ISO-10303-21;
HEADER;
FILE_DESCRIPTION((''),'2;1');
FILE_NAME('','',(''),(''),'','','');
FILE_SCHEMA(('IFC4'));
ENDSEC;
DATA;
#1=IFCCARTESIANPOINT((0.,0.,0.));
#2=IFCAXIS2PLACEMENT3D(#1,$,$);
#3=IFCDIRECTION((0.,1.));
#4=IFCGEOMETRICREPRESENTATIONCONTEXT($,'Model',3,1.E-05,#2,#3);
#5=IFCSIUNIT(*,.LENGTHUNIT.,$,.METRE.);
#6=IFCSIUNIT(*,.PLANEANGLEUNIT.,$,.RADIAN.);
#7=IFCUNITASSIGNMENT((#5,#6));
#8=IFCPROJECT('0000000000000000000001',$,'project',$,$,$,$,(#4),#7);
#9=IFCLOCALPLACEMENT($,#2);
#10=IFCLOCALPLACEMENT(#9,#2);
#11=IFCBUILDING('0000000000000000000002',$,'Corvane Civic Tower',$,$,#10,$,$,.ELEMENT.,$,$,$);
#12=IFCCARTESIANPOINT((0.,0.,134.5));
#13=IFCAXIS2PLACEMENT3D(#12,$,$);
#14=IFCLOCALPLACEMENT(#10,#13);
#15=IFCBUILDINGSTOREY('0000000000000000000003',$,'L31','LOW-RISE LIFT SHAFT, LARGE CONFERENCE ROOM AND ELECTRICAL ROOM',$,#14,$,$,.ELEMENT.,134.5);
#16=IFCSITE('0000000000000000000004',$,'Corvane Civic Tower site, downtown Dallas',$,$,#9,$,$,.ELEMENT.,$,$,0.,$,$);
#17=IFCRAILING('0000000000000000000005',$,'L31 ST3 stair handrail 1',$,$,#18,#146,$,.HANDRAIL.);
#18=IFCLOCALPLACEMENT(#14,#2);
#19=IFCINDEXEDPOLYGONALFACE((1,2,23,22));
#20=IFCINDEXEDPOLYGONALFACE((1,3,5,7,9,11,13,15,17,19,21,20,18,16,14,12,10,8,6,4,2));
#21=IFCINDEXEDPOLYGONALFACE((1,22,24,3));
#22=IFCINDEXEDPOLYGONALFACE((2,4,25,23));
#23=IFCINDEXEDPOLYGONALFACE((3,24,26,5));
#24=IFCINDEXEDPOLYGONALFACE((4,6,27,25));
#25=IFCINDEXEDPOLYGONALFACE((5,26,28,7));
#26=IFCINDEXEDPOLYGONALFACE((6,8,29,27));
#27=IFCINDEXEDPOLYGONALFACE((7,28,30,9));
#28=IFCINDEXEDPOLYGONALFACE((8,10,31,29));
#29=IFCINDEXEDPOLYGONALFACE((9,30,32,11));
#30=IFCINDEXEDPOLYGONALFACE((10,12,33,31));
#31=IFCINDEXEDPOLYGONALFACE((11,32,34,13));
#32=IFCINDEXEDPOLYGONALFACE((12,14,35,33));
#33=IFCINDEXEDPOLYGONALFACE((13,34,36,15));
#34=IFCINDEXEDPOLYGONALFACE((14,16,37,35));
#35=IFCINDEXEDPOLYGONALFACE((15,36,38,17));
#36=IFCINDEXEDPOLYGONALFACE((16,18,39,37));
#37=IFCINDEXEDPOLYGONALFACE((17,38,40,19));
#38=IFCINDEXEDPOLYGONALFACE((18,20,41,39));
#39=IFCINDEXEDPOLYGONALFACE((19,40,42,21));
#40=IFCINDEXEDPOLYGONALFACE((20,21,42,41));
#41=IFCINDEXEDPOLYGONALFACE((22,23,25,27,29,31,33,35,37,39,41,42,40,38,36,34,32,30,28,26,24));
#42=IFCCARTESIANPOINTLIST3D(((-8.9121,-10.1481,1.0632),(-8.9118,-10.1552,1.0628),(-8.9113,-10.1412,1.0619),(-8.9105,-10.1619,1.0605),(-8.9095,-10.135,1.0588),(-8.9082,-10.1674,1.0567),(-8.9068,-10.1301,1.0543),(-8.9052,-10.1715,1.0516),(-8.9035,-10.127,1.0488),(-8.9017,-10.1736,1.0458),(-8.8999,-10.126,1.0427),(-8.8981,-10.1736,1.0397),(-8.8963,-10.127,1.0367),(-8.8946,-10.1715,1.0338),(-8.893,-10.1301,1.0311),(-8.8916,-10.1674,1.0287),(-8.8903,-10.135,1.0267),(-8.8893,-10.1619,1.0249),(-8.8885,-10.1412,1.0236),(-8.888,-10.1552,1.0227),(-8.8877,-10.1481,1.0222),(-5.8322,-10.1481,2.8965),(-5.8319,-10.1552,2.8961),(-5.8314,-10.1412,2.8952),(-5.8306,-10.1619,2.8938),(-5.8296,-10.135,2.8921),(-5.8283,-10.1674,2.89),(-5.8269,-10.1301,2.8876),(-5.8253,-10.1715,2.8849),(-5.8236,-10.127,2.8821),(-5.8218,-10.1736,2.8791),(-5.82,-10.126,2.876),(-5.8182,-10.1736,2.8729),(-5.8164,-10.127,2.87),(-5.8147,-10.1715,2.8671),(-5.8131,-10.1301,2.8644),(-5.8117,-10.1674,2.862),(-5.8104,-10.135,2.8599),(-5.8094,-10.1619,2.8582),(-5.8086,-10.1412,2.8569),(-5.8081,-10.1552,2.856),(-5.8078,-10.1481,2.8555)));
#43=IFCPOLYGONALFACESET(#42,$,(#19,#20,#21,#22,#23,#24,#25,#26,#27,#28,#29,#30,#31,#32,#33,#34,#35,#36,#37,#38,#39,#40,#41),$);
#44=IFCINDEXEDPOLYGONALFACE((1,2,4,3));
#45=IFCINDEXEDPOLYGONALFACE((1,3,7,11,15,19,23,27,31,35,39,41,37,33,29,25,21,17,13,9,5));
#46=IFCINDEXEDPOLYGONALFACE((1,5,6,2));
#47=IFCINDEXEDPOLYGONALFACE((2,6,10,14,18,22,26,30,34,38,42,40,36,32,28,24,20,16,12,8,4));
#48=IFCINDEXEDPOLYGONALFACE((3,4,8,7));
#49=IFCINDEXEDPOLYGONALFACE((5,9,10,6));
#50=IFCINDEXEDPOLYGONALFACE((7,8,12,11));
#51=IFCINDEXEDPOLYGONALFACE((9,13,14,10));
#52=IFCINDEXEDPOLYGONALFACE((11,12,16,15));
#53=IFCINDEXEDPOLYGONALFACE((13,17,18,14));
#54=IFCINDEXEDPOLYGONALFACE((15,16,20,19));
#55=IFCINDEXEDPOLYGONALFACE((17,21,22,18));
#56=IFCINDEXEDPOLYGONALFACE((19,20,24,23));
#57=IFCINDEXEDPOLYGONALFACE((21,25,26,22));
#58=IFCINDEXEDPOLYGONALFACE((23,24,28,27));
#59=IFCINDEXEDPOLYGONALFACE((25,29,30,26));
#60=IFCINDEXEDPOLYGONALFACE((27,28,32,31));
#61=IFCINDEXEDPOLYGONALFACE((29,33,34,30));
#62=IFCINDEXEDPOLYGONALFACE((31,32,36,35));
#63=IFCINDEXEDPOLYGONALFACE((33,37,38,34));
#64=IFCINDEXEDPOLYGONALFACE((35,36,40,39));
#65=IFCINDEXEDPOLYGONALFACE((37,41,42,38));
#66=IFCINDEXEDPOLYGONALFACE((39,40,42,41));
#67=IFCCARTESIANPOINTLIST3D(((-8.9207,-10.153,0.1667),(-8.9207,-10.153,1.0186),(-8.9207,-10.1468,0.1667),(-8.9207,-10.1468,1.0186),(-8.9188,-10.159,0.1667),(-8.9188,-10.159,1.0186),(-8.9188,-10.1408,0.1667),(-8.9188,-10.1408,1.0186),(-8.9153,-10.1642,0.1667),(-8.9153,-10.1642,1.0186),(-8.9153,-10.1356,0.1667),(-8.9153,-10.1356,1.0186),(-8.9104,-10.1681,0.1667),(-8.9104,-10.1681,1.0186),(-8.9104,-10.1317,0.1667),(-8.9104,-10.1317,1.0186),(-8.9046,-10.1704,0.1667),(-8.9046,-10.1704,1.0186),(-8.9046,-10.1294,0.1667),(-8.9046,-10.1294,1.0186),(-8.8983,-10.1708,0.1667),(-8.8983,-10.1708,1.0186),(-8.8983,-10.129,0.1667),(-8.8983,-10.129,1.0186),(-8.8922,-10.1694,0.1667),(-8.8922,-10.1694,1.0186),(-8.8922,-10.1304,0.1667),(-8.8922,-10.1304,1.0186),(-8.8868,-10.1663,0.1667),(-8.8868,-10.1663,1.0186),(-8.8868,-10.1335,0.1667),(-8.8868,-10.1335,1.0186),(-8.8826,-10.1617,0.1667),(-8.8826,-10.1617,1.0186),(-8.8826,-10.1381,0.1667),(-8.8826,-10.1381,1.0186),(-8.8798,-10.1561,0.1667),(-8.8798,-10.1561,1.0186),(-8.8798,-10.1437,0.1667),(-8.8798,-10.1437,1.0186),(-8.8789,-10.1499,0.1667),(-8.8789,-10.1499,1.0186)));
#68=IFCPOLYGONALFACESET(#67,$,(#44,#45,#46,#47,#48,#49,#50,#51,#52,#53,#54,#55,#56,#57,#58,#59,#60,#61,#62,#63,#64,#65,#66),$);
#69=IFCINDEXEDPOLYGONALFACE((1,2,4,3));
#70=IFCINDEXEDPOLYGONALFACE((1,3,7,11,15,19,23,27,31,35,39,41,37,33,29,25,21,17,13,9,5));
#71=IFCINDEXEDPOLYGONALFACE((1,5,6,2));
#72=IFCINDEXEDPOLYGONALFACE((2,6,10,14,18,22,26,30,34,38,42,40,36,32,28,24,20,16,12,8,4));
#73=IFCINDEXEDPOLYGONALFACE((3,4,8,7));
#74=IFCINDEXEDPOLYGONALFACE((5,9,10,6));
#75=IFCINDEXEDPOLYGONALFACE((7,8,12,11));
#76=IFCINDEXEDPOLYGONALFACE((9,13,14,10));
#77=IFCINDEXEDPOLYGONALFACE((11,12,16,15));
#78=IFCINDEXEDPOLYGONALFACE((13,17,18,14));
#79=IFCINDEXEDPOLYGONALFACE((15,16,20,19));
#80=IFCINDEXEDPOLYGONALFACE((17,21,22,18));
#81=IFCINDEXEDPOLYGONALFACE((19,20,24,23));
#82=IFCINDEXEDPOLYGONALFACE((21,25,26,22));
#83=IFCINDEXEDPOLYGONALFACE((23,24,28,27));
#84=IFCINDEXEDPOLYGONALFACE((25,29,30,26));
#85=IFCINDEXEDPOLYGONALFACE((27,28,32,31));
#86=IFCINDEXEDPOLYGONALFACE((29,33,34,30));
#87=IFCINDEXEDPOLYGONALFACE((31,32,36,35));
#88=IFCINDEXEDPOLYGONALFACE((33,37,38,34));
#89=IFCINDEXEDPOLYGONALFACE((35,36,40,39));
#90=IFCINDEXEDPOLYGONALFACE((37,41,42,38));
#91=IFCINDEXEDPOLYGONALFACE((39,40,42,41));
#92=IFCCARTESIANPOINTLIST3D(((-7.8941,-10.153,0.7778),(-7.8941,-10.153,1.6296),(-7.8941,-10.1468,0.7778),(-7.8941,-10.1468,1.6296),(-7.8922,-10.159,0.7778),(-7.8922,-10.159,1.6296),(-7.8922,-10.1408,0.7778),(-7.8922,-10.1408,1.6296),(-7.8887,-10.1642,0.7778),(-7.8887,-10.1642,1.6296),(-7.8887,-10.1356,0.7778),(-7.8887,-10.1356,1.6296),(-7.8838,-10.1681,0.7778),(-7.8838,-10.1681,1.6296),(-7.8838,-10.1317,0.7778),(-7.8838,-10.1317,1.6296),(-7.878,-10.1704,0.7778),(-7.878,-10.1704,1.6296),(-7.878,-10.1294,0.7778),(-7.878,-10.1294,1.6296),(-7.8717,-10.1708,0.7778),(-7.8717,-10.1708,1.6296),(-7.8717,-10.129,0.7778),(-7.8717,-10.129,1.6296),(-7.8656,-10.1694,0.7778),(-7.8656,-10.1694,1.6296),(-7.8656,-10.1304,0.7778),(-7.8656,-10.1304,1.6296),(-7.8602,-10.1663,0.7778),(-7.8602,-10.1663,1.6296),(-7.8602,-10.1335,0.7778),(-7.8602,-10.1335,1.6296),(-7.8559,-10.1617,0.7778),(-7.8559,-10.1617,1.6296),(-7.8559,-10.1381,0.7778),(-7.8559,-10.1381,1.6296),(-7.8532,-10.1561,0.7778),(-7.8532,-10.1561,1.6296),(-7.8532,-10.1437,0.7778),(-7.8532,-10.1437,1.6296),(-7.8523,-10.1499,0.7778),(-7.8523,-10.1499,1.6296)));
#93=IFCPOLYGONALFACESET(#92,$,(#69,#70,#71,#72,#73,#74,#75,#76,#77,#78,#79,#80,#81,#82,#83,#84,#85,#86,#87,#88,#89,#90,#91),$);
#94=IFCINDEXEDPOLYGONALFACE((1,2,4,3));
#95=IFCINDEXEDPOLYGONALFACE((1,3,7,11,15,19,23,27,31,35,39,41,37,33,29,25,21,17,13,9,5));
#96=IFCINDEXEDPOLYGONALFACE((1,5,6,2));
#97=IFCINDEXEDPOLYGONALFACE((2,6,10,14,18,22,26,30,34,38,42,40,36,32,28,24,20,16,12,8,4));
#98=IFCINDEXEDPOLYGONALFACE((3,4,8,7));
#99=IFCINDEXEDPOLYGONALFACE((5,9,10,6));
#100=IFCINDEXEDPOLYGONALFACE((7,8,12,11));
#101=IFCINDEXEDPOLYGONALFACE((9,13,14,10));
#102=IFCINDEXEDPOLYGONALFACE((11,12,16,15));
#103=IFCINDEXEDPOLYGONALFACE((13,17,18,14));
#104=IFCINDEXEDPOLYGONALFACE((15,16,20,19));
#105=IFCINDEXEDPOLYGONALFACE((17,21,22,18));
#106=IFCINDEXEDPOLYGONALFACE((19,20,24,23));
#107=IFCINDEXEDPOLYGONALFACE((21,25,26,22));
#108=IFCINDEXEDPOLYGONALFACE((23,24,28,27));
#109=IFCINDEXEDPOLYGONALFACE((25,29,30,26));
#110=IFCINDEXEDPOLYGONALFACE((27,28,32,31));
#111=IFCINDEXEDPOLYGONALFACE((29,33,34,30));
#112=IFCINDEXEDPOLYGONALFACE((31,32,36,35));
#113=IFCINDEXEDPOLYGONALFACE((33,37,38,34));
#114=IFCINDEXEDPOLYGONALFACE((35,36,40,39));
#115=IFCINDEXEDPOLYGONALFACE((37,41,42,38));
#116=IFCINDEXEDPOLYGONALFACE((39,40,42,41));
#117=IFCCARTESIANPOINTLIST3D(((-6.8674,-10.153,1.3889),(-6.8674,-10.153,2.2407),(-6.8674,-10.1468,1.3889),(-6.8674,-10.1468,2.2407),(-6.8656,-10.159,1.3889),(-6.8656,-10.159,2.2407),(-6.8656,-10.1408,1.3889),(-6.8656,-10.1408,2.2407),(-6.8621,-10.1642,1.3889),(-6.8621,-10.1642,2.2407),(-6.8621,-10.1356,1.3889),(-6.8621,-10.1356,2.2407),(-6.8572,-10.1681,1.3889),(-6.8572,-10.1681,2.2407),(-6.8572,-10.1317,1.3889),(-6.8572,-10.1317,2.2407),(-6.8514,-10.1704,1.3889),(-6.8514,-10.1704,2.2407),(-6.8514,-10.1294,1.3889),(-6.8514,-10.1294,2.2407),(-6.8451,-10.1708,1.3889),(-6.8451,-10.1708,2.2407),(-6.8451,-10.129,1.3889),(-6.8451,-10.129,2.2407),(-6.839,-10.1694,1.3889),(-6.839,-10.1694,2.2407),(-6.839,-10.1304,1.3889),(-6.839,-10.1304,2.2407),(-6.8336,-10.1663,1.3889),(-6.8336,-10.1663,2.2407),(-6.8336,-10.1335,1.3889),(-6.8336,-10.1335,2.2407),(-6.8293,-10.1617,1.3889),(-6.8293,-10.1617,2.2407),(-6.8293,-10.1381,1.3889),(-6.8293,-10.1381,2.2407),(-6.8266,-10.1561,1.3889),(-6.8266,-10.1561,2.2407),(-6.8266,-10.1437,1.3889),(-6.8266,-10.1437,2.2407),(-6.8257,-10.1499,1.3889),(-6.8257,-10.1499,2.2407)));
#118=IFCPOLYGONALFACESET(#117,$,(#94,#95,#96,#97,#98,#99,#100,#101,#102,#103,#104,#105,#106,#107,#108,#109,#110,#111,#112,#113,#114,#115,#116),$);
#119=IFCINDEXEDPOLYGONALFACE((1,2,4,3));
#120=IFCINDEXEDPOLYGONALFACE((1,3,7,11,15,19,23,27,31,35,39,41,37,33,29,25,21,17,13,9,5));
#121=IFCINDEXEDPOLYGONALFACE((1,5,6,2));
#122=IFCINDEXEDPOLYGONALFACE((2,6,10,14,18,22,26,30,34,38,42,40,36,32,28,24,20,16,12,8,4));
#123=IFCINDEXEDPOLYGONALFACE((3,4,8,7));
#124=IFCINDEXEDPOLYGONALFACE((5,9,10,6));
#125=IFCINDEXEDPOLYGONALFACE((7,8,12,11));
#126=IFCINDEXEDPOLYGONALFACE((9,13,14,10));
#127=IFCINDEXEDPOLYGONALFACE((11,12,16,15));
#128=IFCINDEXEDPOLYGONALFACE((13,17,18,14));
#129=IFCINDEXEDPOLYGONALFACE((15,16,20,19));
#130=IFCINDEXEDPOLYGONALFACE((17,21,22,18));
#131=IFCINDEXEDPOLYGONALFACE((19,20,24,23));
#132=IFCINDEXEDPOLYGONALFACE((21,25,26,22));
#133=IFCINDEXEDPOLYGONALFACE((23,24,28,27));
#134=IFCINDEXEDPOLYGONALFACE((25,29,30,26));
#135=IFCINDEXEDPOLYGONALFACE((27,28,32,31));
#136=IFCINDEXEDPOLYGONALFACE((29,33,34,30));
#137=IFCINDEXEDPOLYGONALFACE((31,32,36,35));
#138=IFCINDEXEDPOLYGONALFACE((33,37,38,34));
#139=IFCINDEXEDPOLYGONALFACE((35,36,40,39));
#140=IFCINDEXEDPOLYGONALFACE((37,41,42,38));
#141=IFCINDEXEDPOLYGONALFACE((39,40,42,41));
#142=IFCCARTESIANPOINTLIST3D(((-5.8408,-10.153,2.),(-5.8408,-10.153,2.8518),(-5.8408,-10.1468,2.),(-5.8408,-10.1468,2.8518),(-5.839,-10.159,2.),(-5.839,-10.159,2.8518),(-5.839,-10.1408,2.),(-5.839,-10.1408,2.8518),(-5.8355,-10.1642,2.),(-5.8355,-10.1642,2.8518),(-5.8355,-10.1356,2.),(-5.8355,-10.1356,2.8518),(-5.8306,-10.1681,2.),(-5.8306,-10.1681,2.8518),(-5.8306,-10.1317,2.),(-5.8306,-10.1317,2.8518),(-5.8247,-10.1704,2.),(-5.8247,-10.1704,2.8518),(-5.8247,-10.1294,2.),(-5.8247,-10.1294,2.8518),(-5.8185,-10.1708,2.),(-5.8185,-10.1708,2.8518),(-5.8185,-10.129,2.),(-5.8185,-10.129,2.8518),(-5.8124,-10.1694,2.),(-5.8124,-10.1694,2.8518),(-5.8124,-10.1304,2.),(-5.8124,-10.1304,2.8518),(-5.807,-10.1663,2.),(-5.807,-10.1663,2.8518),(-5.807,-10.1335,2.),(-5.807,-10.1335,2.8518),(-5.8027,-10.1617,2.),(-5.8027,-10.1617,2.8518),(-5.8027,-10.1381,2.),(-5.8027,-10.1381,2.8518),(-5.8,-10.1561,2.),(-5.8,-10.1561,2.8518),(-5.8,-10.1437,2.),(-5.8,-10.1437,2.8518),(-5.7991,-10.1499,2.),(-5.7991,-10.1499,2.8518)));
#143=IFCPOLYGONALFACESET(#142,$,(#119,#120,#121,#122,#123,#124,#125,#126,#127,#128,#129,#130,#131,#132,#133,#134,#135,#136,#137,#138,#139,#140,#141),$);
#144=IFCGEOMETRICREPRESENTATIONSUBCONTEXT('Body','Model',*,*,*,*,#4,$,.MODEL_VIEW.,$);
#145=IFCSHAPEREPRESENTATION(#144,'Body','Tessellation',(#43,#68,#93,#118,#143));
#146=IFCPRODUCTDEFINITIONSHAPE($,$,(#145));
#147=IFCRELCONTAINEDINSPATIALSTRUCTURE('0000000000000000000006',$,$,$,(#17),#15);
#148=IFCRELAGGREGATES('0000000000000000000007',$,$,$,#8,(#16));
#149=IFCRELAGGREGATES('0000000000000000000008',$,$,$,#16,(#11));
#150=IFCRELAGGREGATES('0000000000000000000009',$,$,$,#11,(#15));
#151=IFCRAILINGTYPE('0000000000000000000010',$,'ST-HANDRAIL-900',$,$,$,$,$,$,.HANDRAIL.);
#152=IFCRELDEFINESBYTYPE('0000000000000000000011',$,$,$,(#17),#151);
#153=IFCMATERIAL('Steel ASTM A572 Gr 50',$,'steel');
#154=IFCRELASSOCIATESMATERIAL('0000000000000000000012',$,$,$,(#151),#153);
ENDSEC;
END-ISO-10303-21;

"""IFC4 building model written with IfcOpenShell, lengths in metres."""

from ifc_helpers import new_model, si_unit, direction, frame, origin, origin_2d, place, context, subcontext, project, spatial, circle, extrude, material, type_object, element, save


model = new_model("IFC4")

# Units and contexts
model_context = context("Model", 3, precision=1e-05, world=origin(), true_north=direction((0.0, 1.0)))
body_context = subcontext(model_context, "Body", "Model", "MODEL_VIEW")
ifc_project = project(units=[si_unit("LENGTHUNIT", "METRE"), si_unit("PLANEANGLEUNIT", "RADIAN")], contexts=[model_context])

# Site, building, storey
site_placement = place(None, origin())
site = spatial("IfcSite", under=ifc_project, at=site_placement, Name="Corvane Civic Tower site, downtown Dallas", CompositionType="ELEMENT", RefElevation=0.0)
building_placement = place(site_placement, origin())
building = spatial("IfcBuilding", under=site, at=building_placement, Name="Corvane Civic Tower", CompositionType="ELEMENT")
storey_placement = place(building_placement, frame((0.0, 0.0, 134.5)))
storey = spatial("IfcBuildingStorey", under=building, at=storey_placement, Name="L31", Description="LOW-RISE LIFT SHAFT, LARGE CONFERENCE ROOM AND ELECTRICAL ROOM", CompositionType="ELEMENT", Elevation=134.5)

# Railing
ifc_material_1 = material(Name="Steel ASTM A572 Gr 50", Category="steel")
railing_type_1 = type_object("IfcRailingType", Name="ST-HANDRAIL-900", PredefinedType="HANDRAIL", material=ifc_material_1)
railing_1_placement = place(storey_placement, frame((-8.8999, -10.1499, 0.1667)))
element("IfcRailing", 1, at=railing_1_placement, inside=storey, type_object=railing_type_1, Name="L31 ST3 stair handrail 1", PredefinedType="HANDRAIL", context=body_context, shape_type="SweptSolid", body=[
    extrude(circle(Radius=0.0239, at=origin_2d()), frame((0.0, 0.0, 0.876), z_axis=(0.859291, 0.0, 0.511487), x_axis=(0.0, 1.0, 0.0)), (0.0, 0.0, 1.0), 3.5842),
    extrude(circle(Radius=0.021, at=origin_2d()), origin(), (0.0, 0.0, 1.0), 0.8518),
    extrude(circle(Radius=0.021, at=origin_2d()), frame((1.0266, 0.0, 0.6111)), (0.0, 0.0, 1.0), 0.8518),
    extrude(circle(Radius=0.021, at=origin_2d()), frame((2.0532, 0.0, 1.2222)), (0.0, 0.0, 1.0), 0.8518),
    extrude(circle(Radius=0.021, at=origin_2d()), frame((3.0798, 0.0, 1.8333)), (0.0, 0.0, 1.0), 0.8518),
])

save(model, "model.ifc")
